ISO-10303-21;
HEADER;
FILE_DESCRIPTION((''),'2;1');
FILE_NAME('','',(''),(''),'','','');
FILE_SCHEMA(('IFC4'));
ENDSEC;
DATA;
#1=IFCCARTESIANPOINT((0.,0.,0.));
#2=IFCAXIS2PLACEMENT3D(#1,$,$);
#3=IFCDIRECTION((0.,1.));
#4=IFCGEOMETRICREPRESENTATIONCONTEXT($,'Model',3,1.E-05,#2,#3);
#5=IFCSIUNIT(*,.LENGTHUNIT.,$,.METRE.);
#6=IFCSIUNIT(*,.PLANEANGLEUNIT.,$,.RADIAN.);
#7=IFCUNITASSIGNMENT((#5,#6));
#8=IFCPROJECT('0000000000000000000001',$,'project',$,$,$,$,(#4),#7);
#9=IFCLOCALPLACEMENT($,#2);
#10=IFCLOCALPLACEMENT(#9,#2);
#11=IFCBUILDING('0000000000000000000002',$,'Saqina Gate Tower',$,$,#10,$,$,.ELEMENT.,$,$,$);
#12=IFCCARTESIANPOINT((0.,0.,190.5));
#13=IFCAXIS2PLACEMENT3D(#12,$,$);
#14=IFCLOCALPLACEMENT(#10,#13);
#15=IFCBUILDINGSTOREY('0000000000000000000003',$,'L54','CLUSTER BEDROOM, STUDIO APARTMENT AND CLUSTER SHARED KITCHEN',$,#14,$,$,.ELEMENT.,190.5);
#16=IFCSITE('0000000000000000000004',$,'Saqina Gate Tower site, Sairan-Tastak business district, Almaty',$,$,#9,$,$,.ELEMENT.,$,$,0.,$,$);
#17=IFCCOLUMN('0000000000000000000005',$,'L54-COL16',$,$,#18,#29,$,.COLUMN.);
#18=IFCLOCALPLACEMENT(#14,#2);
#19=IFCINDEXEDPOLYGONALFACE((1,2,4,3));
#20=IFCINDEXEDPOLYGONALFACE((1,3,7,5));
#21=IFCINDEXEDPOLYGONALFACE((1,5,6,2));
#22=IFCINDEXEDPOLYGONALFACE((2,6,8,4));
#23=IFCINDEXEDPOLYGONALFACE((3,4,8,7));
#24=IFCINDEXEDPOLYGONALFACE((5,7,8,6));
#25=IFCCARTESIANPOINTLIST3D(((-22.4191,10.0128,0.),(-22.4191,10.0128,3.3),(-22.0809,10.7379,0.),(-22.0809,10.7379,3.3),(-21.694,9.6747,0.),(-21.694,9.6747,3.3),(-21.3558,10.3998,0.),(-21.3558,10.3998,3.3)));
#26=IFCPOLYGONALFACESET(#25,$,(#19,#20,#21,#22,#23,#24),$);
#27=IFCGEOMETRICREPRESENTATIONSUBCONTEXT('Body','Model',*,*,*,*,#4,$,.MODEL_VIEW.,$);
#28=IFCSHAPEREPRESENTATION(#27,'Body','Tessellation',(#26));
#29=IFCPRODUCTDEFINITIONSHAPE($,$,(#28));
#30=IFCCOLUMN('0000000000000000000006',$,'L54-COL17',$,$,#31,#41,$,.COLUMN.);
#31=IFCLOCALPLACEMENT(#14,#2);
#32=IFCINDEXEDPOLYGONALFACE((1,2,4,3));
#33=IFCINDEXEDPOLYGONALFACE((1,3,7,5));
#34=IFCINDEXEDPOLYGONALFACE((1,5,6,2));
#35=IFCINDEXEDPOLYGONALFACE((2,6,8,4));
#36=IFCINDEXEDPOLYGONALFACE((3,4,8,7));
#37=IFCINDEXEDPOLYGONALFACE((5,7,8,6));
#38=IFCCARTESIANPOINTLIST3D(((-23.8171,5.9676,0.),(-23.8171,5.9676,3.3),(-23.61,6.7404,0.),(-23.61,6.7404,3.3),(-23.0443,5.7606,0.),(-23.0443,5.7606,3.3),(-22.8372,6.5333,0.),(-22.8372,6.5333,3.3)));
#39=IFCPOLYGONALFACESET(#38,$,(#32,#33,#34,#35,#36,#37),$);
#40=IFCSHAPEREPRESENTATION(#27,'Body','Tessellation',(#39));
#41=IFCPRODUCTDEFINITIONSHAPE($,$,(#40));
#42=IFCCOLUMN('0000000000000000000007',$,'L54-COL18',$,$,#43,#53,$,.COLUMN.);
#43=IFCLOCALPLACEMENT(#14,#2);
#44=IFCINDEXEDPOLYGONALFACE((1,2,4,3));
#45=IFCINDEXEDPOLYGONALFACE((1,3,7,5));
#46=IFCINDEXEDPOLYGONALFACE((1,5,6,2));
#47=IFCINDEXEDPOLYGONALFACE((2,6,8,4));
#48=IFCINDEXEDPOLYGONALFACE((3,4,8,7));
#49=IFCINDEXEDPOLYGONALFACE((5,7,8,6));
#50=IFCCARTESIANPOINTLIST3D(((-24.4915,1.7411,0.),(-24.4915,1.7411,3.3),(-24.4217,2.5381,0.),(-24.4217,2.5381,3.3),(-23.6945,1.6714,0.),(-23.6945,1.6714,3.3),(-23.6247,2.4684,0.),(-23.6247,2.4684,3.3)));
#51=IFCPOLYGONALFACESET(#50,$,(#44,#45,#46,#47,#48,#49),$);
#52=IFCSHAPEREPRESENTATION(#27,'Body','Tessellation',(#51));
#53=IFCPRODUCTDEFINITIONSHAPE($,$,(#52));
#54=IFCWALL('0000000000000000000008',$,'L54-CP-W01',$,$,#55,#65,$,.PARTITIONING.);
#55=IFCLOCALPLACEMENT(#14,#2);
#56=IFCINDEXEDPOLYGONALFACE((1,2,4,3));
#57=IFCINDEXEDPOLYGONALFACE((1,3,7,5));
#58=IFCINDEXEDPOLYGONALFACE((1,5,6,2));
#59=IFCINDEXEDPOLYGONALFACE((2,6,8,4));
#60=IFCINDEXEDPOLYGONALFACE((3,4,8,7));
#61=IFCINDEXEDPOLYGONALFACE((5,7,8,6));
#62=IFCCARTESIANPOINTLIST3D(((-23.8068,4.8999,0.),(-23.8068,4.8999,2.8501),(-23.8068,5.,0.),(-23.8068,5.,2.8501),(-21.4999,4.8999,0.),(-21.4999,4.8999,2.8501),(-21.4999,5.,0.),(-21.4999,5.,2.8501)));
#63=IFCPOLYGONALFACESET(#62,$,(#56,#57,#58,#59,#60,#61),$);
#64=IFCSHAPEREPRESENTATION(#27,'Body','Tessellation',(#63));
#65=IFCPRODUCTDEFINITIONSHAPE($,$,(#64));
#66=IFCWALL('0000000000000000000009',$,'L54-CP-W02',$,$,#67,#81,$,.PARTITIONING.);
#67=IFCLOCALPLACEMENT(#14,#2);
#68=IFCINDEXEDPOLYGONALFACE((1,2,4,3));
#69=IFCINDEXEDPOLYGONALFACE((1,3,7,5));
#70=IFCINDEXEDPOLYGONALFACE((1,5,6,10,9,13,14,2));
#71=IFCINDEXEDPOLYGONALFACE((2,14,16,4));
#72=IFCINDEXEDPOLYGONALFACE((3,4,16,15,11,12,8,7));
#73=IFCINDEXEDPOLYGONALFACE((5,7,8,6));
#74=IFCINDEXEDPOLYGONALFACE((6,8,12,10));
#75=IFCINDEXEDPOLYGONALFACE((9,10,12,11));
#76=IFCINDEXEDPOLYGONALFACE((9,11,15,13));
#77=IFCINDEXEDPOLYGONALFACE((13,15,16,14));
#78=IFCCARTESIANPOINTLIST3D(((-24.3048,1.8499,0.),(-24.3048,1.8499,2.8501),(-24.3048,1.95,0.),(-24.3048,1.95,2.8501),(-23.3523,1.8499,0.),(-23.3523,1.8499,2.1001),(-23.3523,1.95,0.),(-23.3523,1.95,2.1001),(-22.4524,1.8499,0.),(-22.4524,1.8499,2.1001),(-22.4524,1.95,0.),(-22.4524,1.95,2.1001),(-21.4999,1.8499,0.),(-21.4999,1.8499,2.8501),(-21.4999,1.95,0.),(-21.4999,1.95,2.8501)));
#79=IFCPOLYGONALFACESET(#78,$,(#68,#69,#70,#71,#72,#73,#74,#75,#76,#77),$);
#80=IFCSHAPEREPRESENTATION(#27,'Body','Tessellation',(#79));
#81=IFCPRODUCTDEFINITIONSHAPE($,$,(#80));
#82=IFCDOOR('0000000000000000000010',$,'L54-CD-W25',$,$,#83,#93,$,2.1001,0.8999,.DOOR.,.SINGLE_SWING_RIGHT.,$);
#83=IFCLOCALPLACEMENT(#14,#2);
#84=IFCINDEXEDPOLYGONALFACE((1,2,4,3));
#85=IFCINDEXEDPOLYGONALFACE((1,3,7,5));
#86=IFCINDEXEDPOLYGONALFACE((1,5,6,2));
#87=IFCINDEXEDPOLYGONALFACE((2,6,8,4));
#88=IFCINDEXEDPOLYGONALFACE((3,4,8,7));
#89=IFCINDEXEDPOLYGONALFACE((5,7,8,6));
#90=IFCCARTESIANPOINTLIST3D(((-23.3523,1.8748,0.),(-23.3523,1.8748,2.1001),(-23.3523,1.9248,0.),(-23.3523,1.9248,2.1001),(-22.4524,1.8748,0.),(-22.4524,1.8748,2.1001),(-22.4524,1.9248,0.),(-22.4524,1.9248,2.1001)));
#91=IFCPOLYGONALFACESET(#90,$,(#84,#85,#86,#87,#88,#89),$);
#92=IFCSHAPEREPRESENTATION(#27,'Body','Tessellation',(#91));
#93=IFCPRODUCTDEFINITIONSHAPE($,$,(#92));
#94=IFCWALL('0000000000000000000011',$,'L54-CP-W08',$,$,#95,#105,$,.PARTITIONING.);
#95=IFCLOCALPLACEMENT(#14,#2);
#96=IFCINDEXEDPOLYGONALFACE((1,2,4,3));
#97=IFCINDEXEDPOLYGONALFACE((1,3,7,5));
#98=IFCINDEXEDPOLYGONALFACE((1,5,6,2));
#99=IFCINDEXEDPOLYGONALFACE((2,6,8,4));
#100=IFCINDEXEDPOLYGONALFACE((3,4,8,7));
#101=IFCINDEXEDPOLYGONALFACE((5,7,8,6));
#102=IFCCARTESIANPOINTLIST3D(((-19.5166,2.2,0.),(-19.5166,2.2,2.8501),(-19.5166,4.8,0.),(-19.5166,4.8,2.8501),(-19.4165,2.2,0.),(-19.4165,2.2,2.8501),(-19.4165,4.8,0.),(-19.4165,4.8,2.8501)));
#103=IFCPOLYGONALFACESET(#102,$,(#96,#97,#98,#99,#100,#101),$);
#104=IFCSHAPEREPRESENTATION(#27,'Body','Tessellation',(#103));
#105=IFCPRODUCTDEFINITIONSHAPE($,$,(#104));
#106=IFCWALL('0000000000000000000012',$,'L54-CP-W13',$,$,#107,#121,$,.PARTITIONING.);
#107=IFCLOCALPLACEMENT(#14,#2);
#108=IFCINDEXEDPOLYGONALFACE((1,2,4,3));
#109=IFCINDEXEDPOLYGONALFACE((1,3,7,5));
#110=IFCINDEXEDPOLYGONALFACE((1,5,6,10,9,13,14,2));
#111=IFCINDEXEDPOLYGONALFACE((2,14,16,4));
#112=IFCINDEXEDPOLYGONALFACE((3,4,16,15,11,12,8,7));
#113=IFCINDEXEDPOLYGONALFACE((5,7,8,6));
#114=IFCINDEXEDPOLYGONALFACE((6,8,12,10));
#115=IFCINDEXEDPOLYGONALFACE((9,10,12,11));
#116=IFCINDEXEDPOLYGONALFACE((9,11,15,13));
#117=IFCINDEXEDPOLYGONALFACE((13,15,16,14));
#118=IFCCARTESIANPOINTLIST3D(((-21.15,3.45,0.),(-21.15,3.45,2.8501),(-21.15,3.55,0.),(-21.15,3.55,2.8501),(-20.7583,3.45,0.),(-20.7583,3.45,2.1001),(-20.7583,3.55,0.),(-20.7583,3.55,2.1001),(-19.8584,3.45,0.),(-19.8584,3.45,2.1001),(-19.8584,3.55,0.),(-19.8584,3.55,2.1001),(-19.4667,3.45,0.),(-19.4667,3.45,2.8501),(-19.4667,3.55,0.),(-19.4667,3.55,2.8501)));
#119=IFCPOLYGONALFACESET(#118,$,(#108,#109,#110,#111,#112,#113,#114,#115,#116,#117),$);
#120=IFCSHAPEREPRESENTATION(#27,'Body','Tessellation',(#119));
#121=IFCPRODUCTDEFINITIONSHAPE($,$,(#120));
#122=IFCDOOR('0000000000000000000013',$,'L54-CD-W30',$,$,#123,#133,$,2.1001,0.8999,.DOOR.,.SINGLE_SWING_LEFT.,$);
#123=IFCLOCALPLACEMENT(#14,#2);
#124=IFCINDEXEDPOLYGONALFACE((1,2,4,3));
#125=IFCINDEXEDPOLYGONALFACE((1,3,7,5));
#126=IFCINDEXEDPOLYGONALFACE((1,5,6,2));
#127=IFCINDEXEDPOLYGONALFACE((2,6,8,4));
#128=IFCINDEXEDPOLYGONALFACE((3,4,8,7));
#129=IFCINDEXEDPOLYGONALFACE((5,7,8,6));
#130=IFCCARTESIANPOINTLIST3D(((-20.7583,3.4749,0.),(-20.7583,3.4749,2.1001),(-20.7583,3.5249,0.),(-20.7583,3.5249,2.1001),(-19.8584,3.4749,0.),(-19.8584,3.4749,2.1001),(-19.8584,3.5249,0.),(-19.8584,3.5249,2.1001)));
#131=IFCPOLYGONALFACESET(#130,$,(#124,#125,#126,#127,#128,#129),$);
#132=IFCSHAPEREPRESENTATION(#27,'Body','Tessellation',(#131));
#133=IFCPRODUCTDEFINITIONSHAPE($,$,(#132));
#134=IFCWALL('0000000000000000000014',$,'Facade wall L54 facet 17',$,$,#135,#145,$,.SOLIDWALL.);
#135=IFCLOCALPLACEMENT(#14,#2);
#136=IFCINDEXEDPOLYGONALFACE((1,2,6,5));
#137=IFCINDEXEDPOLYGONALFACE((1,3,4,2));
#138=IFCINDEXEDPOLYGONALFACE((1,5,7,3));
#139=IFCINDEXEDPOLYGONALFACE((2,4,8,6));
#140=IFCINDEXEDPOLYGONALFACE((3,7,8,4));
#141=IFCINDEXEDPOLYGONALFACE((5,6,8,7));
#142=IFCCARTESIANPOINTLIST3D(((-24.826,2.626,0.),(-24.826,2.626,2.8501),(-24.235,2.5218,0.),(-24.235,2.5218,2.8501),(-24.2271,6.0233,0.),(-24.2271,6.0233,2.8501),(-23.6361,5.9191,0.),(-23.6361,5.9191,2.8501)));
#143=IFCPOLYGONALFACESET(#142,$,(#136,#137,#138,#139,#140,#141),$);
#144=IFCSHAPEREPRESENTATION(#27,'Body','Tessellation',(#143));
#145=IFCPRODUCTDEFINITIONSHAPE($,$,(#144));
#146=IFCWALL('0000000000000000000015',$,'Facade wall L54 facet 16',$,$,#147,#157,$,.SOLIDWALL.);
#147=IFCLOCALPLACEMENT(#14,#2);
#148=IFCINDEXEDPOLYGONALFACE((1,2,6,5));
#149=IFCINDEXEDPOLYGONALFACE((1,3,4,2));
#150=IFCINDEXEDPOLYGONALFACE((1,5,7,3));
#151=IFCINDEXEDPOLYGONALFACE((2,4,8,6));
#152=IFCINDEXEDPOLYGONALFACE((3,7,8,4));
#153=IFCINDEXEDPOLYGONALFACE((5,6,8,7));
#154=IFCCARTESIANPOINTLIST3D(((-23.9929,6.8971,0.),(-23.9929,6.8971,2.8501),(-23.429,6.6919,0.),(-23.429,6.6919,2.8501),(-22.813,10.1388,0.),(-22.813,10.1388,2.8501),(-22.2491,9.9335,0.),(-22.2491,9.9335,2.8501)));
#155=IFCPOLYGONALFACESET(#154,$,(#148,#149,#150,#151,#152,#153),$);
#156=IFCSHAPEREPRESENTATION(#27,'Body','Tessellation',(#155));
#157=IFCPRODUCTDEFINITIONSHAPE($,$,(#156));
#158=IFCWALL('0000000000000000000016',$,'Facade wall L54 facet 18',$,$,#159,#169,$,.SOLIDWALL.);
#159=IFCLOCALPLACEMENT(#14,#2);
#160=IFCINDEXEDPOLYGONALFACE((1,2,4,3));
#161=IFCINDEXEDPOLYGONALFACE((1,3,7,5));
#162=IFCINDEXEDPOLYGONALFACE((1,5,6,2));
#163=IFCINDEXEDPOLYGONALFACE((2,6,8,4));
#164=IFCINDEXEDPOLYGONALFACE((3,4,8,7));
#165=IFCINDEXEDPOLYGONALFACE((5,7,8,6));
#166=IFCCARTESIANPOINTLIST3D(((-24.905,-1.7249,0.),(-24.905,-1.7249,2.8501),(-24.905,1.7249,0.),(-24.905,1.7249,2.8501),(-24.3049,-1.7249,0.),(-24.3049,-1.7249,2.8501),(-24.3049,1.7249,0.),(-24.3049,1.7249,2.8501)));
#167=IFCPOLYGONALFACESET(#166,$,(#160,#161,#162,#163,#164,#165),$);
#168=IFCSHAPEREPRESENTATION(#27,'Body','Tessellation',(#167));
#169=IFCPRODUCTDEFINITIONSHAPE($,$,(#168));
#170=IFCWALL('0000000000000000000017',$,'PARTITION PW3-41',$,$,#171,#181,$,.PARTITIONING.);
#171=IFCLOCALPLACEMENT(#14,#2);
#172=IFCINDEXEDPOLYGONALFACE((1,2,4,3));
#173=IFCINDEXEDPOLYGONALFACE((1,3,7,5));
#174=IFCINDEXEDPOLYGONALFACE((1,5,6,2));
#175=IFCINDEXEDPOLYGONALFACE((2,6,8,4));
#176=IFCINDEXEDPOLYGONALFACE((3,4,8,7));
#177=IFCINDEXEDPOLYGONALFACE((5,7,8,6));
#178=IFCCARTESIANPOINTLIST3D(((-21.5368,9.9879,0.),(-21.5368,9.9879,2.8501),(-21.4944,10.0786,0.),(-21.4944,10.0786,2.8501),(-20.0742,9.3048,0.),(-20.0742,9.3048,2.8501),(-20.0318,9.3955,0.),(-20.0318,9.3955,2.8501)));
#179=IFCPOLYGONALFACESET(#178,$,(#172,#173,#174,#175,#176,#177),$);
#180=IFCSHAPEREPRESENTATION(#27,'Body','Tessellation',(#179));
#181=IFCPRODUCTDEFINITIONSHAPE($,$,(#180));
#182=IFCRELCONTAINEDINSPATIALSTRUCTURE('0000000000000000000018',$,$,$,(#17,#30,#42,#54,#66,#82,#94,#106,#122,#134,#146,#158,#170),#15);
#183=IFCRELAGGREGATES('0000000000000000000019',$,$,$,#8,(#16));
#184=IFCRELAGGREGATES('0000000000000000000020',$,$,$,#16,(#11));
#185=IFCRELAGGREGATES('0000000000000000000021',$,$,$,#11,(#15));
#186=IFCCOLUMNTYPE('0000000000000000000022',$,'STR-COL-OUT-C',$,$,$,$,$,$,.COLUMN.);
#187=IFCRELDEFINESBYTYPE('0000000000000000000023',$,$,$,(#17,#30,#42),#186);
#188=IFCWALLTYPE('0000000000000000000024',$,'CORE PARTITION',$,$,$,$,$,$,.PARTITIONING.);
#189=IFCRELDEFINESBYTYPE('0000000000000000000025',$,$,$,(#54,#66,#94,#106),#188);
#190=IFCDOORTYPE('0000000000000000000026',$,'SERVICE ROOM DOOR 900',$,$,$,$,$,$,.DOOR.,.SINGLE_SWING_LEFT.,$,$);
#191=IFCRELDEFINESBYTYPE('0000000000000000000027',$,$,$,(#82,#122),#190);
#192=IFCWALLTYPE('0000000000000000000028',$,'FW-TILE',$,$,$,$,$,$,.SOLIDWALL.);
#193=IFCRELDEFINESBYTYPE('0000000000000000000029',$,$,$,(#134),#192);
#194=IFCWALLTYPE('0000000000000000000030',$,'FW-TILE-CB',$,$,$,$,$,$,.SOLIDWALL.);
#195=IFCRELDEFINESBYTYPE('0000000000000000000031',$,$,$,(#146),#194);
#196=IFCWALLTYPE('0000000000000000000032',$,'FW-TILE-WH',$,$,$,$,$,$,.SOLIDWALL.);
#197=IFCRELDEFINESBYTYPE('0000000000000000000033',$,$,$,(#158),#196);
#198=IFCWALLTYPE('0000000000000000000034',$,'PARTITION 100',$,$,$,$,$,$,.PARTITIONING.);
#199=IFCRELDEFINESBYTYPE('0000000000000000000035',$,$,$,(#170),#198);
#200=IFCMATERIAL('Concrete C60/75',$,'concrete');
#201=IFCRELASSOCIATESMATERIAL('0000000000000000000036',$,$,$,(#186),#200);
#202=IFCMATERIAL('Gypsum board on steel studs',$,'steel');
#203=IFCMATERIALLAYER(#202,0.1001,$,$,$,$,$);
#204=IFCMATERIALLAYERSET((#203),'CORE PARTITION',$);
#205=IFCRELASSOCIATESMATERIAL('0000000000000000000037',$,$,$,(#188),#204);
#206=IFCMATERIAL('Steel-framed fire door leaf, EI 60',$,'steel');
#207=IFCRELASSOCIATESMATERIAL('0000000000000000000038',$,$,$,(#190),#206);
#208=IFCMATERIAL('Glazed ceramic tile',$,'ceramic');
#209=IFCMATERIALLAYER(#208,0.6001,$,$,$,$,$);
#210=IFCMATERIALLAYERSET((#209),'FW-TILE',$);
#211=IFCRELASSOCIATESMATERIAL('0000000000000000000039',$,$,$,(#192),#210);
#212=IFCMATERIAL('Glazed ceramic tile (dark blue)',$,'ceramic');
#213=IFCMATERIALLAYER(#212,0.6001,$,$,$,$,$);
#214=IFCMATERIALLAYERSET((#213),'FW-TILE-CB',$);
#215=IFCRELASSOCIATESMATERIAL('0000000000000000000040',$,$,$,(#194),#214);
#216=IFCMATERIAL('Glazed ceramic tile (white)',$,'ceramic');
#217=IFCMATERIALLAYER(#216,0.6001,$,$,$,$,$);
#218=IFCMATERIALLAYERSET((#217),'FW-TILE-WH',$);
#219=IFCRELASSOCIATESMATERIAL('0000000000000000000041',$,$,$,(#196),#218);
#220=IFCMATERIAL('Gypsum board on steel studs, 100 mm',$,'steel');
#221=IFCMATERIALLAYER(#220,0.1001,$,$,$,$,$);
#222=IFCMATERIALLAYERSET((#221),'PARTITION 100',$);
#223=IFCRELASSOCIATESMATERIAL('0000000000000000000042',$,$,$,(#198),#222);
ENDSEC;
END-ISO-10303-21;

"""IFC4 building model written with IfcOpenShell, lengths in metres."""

from ifc_helpers import new_model, si_unit, direction, frame, frame_2d, origin, origin_2d, place, context, subcontext, project, spatial, rectangle, extrude, material, layer, layer_set, material_profile, profile_set, type_object, element, fill, save


model = new_model("IFC4")

# Units and contexts
model_context = context("Model", 3, precision=1e-05, world=origin(), true_north=direction((0.0, 1.0)))
body_context = subcontext(model_context, "Body", "Model", "MODEL_VIEW")
ifc_project = project(units=[si_unit("LENGTHUNIT", "METRE"), si_unit("PLANEANGLEUNIT", "RADIAN")], contexts=[model_context])

# Site, building, storey
site_placement = place(None, origin())
site = spatial("IfcSite", under=ifc_project, at=site_placement, Name="Saqina Gate Tower site, Sairan-Tastak business district, Almaty", CompositionType="ELEMENT", RefElevation=0.0)
building_placement = place(site_placement, origin())
building = spatial("IfcBuilding", under=site, at=building_placement, Name="Saqina Gate Tower", CompositionType="ELEMENT")
storey_placement = place(building_placement, frame((0.0, 0.0, 190.5)))
storey = spatial("IfcBuildingStorey", under=building, at=storey_placement, Name="L54", Description="CLUSTER BEDROOM, STUDIO APARTMENT AND CLUSTER SHARED KITCHEN", CompositionType="ELEMENT", Elevation=190.5)

# Columns
ifc_material_1 = material(Name="Concrete C60/75", Category="concrete")
ifc_material_profile = material_profile(ifc_material_1, rectangle(XDim=0.8, YDim=0.8, at=origin_2d()), Name="RC 800x800")
ifc_profile_set = profile_set([ifc_material_profile], Name="Concrete C60/75")
column_type = type_object("IfcColumnType", Name="STR-COL-OUT-C", PredefinedType="COLUMN", material=ifc_profile_set)
for number, where, z_axis, x_axis, name in (
    (1, (-21.8875, 10.2063, 0.0), (0.0, 0.0, 1.0), (-0.906308, 0.422618, 0.0), "L54-COL16"),
    (2, (-23.3271, 6.2505, 0.0), (0.0, 0.0, 1.0), (-0.965926, 0.258819, 0.0), "L54-COL17"),
    (3, (-24.0581, 2.1047, 0.0), (0.0, 0.0, 1.0), (-0.996195, 0.087156, 0.0), "L54-COL18"),
):
    element("IfcColumn", number, at=place(storey_placement, frame(where, z_axis=z_axis, x_axis=x_axis)), inside=storey, type_object=column_type, Name=name, PredefinedType="COLUMN", context=body_context, shape_type="SweptSolid", body=[
        extrude(rectangle(XDim=0.8, YDim=0.8, at=origin_2d()), origin(), (0.0, 0.0, 1.0), 3.3),
    ])

# Wall
ifc_material_2 = material(Name="Gypsum board on steel studs", Category="steel")
ifc_layer_1 = layer(ifc_material_2, 0.1001)
ifc_layer_set_1 = layer_set([ifc_layer_1], Name="CORE PARTITION")
wall_type_1 = type_object("IfcWallType", Name="CORE PARTITION", PredefinedType="PARTITIONING", material=ifc_layer_set_1)
wall_1_placement = place(storey_placement, frame((-21.5, 4.95, 0.0), z_axis=(0.0, 0.0, 1.0), x_axis=(-1.0, 0.0, 0.0)))
element("IfcWall", 4, at=wall_1_placement, inside=storey, type_object=wall_type_1, Name="L54-CP-W01", PredefinedType="PARTITIONING", context=body_context, shape_type="SweptSolid", body=[
    extrude(rectangle(XDim=2.3069, YDim=0.1001, at=frame_2d((1.1533, 0.0))), origin(), (0.0, 0.0, 1.0), 2.8501),
])

# Wall, opening, door
wall_2_placement = place(storey_placement, frame((-21.5, 1.8999, 0.0), z_axis=(0.0, 0.0, 1.0), x_axis=(-1.0, 0.0, 0.0)))
wall_2 = element("IfcWall", 5, at=wall_2_placement, inside=storey, type_object=wall_type_1, Name="L54-CP-W02", PredefinedType="PARTITIONING", context=body_context, shape_type="SweptSolid", body=[
    extrude(rectangle(XDim=2.8049, YDim=0.1001, at=frame_2d((1.4023, 0.0))), origin(), (0.0, 0.0, 1.0), 2.8501),
])
opening_1_placement = place(wall_2_placement, frame((0.9524, 0.0, 0.0)))
opening_1 = element("IfcOpeningElement", 6, at=opening_1_placement, cuts=wall_2, PredefinedType="OPENING", context=body_context, shape_type="SweptSolid", body=[
    extrude(rectangle(XDim=0.8999, YDim=2.1001, at=frame_2d((0.45, 1.05))), frame((0.0, 0.062, 0.0), z_axis=(0.0, -1.0, 0.0), x_axis=(1.0, 0.0, 0.0)), (0.0, 0.0, 1.0), 0.124),
])
ifc_material_3 = material(Name="Steel-framed fire door leaf, EI 60", Category="steel")
door_type = type_object("IfcDoorType", Name="SERVICE ROOM DOOR 900", OperationType="SINGLE_SWING_LEFT", PredefinedType="DOOR", material=ifc_material_3)
door_1_placement = place(opening_1_placement, frame((0.8999, 0.0, 0.0), z_axis=(0.0, 0.0, 1.0), x_axis=(-1.0, 0.0, 0.0)))
door_1 = element("IfcDoor", 7, at=door_1_placement, inside=storey, type_object=door_type, Name="L54-CD-W25", OperationType="SINGLE_SWING_RIGHT", OverallHeight=2.1001, OverallWidth=0.8999, PredefinedType="DOOR", context=body_context, shape_type="SweptSolid", body=[
    extrude(rectangle(XDim=0.8999, YDim=2.1001, at=frame_2d((0.45, 1.05))), frame((0.0, 0.0249, 0.0), z_axis=(0.0, -1.0, 0.0), x_axis=(1.0, 0.0, 0.0)), (0.0, 0.0, 1.0), 0.05),
])
fill(opening_1, door_1)

# Wall
wall_3_placement = place(storey_placement, frame((-19.4666, 2.2, 0.0), z_axis=(0.0, 0.0, 1.0), x_axis=(0.0, 1.0, 0.0)))
element("IfcWall", 8, at=wall_3_placement, inside=storey, type_object=wall_type_1, Name="L54-CP-W08", PredefinedType="PARTITIONING", context=body_context, shape_type="SweptSolid", body=[
    extrude(rectangle(XDim=2.6001, YDim=0.1001, at=frame_2d((1.3, 0.0))), origin(), (0.0, 0.0, 1.0), 2.8501),
])

# Wall, opening, door
wall_4_placement = place(storey_placement, frame((-19.4666, 3.5, 0.0), z_axis=(0.0, 0.0, 1.0), x_axis=(-1.0, 0.0, 0.0)))
wall_4 = element("IfcWall", 9, at=wall_4_placement, inside=storey, type_object=wall_type_1, Name="L54-CP-W13", PredefinedType="PARTITIONING", context=body_context, shape_type="SweptSolid", body=[
    extrude(rectangle(XDim=1.6833, YDim=0.1001, at=frame_2d((0.8418, 0.0))), origin(), (0.0, 0.0, 1.0), 2.8501),
])
opening_2_placement = place(wall_4_placement, frame((0.3918, 0.0, 0.0)))
opening_2 = element("IfcOpeningElement", 10, at=opening_2_placement, cuts=wall_4, PredefinedType="OPENING", context=body_context, shape_type="SweptSolid", body=[
    extrude(rectangle(XDim=0.8999, YDim=2.1001, at=frame_2d((0.45, 1.05))), frame((0.0, 0.062, 0.0), z_axis=(0.0, -1.0, 0.0), x_axis=(1.0, 0.0, 0.0)), (0.0, 0.0, 1.0), 0.124),
])
door_2_placement = place(opening_2_placement, frame((0.8999, 0.0, 0.0), z_axis=(0.0, 0.0, 1.0), x_axis=(-1.0, 0.0, 0.0)))
door_2 = element("IfcDoor", 11, at=door_2_placement, inside=storey, type_object=door_type, Name="L54-CD-W30", OperationType="SINGLE_SWING_LEFT", OverallHeight=2.1001, OverallWidth=0.8999, PredefinedType="DOOR", context=body_context, shape_type="SweptSolid", body=[
    extrude(rectangle(XDim=0.8999, YDim=2.1001, at=frame_2d((0.45, 1.05))), frame((0.0, 0.0249, 0.0), z_axis=(0.0, -1.0, 0.0), x_axis=(1.0, 0.0, 0.0)), (0.0, 0.0, 1.0), 0.05),
])
fill(opening_2, door_2)

# Walls
ifc_material_4 = material(Name="Glazed ceramic tile", Category="ceramic")
ifc_layer_2 = layer(ifc_material_4, 0.6001)
ifc_layer_set_2 = layer_set([ifc_layer_2], Name="FW-TILE")
wall_type_2 = type_object("IfcWallType", Name="FW-TILE", PredefinedType="SOLIDWALL", material=ifc_layer_set_2)
wall_5_placement = place(storey_placement, frame((-23.9316, 5.9712, 0.0), z_axis=(0.0, 0.0, 1.0), x_axis=(-0.173608, -0.984815, 0.0)))
element("IfcWall", 12, at=wall_5_placement, inside=storey, type_object=wall_type_2, Name="Facade wall L54 facet 17", PredefinedType="SOLIDWALL", context=body_context, shape_type="SweptSolid", body=[
    extrude(rectangle(XDim=3.4497, YDim=0.6001, at=frame_2d((1.7249, 0.0))), origin(), (0.0, 0.0, 1.0), 2.8501),
])
ifc_material_5 = material(Name="Glazed ceramic tile (dark blue)", Category="ceramic")
ifc_layer_3 = layer(ifc_material_5, 0.6001)
ifc_layer_set_3 = layer_set([ifc_layer_3], Name="FW-TILE-CB")
wall_type_3 = type_object("IfcWallType", Name="FW-TILE-CB", PredefinedType="SOLIDWALL", material=ifc_layer_set_3)
wall_6_placement = place(storey_placement, frame((-22.531, 10.0361, 0.0), z_axis=(0.0, 0.0, 1.0), x_axis=(-0.342033, -0.939688, 0.0)))
element("IfcWall", 13, at=wall_6_placement, inside=storey, type_object=wall_type_3, Name="Facade wall L54 facet 16", PredefinedType="SOLIDWALL", context=body_context, shape_type="SweptSolid", body=[
    extrude(rectangle(XDim=3.4497, YDim=0.6001, at=frame_2d((1.7249, 0.0))), origin(), (0.0, 0.0, 1.0), 2.8501),
])
ifc_material_6 = material(Name="Glazed ceramic tile (white)", Category="ceramic")
ifc_layer_4 = layer(ifc_material_6, 0.6001)
ifc_layer_set_4 = layer_set([ifc_layer_4], Name="FW-TILE-WH")
wall_type_4 = type_object("IfcWallType", Name="FW-TILE-WH", PredefinedType="SOLIDWALL", material=ifc_layer_set_4)
wall_7_placement = place(storey_placement, frame((-24.605, 1.7249, 0.0), z_axis=(0.0, 0.0, 1.0), x_axis=(0.0, -1.0, 0.0)))
element("IfcWall", 14, at=wall_7_placement, inside=storey, type_object=wall_type_4, Name="Facade wall L54 facet 18", PredefinedType="SOLIDWALL", context=body_context, shape_type="SweptSolid", body=[
    extrude(rectangle(XDim=3.4497, YDim=0.6001, at=frame_2d((1.7249, 0.0))), origin(), (0.0, 0.0, 1.0), 2.8501),
])
ifc_material_7 = material(Name="Gypsum board on steel studs, 100 mm", Category="steel")
ifc_layer_5 = layer(ifc_material_7, 0.1001)
ifc_layer_set_5 = layer_set([ifc_layer_5], Name="PARTITION 100")
wall_type_5 = type_object("IfcWallType", Name="PARTITION 100", PredefinedType="PARTITIONING", material=ifc_layer_set_5)
wall_8_placement = place(storey_placement, frame((-21.5156, 10.0332, 0.0), z_axis=(0.0, 0.0, 1.0), x_axis=(0.906056, -0.423159, 0.0)))
element("IfcWall", 15, at=wall_8_placement, inside=storey, type_object=wall_type_5, Name="PARTITION PW3-41", PredefinedType="PARTITIONING", context=body_context, shape_type="SweptSolid", body=[
    extrude(rectangle(XDim=1.6143, YDim=0.1001, at=frame_2d((0.8071, 0.0))), origin(), (0.0, 0.0, 1.0), 2.8501),
])

save(model, "model.ifc")
